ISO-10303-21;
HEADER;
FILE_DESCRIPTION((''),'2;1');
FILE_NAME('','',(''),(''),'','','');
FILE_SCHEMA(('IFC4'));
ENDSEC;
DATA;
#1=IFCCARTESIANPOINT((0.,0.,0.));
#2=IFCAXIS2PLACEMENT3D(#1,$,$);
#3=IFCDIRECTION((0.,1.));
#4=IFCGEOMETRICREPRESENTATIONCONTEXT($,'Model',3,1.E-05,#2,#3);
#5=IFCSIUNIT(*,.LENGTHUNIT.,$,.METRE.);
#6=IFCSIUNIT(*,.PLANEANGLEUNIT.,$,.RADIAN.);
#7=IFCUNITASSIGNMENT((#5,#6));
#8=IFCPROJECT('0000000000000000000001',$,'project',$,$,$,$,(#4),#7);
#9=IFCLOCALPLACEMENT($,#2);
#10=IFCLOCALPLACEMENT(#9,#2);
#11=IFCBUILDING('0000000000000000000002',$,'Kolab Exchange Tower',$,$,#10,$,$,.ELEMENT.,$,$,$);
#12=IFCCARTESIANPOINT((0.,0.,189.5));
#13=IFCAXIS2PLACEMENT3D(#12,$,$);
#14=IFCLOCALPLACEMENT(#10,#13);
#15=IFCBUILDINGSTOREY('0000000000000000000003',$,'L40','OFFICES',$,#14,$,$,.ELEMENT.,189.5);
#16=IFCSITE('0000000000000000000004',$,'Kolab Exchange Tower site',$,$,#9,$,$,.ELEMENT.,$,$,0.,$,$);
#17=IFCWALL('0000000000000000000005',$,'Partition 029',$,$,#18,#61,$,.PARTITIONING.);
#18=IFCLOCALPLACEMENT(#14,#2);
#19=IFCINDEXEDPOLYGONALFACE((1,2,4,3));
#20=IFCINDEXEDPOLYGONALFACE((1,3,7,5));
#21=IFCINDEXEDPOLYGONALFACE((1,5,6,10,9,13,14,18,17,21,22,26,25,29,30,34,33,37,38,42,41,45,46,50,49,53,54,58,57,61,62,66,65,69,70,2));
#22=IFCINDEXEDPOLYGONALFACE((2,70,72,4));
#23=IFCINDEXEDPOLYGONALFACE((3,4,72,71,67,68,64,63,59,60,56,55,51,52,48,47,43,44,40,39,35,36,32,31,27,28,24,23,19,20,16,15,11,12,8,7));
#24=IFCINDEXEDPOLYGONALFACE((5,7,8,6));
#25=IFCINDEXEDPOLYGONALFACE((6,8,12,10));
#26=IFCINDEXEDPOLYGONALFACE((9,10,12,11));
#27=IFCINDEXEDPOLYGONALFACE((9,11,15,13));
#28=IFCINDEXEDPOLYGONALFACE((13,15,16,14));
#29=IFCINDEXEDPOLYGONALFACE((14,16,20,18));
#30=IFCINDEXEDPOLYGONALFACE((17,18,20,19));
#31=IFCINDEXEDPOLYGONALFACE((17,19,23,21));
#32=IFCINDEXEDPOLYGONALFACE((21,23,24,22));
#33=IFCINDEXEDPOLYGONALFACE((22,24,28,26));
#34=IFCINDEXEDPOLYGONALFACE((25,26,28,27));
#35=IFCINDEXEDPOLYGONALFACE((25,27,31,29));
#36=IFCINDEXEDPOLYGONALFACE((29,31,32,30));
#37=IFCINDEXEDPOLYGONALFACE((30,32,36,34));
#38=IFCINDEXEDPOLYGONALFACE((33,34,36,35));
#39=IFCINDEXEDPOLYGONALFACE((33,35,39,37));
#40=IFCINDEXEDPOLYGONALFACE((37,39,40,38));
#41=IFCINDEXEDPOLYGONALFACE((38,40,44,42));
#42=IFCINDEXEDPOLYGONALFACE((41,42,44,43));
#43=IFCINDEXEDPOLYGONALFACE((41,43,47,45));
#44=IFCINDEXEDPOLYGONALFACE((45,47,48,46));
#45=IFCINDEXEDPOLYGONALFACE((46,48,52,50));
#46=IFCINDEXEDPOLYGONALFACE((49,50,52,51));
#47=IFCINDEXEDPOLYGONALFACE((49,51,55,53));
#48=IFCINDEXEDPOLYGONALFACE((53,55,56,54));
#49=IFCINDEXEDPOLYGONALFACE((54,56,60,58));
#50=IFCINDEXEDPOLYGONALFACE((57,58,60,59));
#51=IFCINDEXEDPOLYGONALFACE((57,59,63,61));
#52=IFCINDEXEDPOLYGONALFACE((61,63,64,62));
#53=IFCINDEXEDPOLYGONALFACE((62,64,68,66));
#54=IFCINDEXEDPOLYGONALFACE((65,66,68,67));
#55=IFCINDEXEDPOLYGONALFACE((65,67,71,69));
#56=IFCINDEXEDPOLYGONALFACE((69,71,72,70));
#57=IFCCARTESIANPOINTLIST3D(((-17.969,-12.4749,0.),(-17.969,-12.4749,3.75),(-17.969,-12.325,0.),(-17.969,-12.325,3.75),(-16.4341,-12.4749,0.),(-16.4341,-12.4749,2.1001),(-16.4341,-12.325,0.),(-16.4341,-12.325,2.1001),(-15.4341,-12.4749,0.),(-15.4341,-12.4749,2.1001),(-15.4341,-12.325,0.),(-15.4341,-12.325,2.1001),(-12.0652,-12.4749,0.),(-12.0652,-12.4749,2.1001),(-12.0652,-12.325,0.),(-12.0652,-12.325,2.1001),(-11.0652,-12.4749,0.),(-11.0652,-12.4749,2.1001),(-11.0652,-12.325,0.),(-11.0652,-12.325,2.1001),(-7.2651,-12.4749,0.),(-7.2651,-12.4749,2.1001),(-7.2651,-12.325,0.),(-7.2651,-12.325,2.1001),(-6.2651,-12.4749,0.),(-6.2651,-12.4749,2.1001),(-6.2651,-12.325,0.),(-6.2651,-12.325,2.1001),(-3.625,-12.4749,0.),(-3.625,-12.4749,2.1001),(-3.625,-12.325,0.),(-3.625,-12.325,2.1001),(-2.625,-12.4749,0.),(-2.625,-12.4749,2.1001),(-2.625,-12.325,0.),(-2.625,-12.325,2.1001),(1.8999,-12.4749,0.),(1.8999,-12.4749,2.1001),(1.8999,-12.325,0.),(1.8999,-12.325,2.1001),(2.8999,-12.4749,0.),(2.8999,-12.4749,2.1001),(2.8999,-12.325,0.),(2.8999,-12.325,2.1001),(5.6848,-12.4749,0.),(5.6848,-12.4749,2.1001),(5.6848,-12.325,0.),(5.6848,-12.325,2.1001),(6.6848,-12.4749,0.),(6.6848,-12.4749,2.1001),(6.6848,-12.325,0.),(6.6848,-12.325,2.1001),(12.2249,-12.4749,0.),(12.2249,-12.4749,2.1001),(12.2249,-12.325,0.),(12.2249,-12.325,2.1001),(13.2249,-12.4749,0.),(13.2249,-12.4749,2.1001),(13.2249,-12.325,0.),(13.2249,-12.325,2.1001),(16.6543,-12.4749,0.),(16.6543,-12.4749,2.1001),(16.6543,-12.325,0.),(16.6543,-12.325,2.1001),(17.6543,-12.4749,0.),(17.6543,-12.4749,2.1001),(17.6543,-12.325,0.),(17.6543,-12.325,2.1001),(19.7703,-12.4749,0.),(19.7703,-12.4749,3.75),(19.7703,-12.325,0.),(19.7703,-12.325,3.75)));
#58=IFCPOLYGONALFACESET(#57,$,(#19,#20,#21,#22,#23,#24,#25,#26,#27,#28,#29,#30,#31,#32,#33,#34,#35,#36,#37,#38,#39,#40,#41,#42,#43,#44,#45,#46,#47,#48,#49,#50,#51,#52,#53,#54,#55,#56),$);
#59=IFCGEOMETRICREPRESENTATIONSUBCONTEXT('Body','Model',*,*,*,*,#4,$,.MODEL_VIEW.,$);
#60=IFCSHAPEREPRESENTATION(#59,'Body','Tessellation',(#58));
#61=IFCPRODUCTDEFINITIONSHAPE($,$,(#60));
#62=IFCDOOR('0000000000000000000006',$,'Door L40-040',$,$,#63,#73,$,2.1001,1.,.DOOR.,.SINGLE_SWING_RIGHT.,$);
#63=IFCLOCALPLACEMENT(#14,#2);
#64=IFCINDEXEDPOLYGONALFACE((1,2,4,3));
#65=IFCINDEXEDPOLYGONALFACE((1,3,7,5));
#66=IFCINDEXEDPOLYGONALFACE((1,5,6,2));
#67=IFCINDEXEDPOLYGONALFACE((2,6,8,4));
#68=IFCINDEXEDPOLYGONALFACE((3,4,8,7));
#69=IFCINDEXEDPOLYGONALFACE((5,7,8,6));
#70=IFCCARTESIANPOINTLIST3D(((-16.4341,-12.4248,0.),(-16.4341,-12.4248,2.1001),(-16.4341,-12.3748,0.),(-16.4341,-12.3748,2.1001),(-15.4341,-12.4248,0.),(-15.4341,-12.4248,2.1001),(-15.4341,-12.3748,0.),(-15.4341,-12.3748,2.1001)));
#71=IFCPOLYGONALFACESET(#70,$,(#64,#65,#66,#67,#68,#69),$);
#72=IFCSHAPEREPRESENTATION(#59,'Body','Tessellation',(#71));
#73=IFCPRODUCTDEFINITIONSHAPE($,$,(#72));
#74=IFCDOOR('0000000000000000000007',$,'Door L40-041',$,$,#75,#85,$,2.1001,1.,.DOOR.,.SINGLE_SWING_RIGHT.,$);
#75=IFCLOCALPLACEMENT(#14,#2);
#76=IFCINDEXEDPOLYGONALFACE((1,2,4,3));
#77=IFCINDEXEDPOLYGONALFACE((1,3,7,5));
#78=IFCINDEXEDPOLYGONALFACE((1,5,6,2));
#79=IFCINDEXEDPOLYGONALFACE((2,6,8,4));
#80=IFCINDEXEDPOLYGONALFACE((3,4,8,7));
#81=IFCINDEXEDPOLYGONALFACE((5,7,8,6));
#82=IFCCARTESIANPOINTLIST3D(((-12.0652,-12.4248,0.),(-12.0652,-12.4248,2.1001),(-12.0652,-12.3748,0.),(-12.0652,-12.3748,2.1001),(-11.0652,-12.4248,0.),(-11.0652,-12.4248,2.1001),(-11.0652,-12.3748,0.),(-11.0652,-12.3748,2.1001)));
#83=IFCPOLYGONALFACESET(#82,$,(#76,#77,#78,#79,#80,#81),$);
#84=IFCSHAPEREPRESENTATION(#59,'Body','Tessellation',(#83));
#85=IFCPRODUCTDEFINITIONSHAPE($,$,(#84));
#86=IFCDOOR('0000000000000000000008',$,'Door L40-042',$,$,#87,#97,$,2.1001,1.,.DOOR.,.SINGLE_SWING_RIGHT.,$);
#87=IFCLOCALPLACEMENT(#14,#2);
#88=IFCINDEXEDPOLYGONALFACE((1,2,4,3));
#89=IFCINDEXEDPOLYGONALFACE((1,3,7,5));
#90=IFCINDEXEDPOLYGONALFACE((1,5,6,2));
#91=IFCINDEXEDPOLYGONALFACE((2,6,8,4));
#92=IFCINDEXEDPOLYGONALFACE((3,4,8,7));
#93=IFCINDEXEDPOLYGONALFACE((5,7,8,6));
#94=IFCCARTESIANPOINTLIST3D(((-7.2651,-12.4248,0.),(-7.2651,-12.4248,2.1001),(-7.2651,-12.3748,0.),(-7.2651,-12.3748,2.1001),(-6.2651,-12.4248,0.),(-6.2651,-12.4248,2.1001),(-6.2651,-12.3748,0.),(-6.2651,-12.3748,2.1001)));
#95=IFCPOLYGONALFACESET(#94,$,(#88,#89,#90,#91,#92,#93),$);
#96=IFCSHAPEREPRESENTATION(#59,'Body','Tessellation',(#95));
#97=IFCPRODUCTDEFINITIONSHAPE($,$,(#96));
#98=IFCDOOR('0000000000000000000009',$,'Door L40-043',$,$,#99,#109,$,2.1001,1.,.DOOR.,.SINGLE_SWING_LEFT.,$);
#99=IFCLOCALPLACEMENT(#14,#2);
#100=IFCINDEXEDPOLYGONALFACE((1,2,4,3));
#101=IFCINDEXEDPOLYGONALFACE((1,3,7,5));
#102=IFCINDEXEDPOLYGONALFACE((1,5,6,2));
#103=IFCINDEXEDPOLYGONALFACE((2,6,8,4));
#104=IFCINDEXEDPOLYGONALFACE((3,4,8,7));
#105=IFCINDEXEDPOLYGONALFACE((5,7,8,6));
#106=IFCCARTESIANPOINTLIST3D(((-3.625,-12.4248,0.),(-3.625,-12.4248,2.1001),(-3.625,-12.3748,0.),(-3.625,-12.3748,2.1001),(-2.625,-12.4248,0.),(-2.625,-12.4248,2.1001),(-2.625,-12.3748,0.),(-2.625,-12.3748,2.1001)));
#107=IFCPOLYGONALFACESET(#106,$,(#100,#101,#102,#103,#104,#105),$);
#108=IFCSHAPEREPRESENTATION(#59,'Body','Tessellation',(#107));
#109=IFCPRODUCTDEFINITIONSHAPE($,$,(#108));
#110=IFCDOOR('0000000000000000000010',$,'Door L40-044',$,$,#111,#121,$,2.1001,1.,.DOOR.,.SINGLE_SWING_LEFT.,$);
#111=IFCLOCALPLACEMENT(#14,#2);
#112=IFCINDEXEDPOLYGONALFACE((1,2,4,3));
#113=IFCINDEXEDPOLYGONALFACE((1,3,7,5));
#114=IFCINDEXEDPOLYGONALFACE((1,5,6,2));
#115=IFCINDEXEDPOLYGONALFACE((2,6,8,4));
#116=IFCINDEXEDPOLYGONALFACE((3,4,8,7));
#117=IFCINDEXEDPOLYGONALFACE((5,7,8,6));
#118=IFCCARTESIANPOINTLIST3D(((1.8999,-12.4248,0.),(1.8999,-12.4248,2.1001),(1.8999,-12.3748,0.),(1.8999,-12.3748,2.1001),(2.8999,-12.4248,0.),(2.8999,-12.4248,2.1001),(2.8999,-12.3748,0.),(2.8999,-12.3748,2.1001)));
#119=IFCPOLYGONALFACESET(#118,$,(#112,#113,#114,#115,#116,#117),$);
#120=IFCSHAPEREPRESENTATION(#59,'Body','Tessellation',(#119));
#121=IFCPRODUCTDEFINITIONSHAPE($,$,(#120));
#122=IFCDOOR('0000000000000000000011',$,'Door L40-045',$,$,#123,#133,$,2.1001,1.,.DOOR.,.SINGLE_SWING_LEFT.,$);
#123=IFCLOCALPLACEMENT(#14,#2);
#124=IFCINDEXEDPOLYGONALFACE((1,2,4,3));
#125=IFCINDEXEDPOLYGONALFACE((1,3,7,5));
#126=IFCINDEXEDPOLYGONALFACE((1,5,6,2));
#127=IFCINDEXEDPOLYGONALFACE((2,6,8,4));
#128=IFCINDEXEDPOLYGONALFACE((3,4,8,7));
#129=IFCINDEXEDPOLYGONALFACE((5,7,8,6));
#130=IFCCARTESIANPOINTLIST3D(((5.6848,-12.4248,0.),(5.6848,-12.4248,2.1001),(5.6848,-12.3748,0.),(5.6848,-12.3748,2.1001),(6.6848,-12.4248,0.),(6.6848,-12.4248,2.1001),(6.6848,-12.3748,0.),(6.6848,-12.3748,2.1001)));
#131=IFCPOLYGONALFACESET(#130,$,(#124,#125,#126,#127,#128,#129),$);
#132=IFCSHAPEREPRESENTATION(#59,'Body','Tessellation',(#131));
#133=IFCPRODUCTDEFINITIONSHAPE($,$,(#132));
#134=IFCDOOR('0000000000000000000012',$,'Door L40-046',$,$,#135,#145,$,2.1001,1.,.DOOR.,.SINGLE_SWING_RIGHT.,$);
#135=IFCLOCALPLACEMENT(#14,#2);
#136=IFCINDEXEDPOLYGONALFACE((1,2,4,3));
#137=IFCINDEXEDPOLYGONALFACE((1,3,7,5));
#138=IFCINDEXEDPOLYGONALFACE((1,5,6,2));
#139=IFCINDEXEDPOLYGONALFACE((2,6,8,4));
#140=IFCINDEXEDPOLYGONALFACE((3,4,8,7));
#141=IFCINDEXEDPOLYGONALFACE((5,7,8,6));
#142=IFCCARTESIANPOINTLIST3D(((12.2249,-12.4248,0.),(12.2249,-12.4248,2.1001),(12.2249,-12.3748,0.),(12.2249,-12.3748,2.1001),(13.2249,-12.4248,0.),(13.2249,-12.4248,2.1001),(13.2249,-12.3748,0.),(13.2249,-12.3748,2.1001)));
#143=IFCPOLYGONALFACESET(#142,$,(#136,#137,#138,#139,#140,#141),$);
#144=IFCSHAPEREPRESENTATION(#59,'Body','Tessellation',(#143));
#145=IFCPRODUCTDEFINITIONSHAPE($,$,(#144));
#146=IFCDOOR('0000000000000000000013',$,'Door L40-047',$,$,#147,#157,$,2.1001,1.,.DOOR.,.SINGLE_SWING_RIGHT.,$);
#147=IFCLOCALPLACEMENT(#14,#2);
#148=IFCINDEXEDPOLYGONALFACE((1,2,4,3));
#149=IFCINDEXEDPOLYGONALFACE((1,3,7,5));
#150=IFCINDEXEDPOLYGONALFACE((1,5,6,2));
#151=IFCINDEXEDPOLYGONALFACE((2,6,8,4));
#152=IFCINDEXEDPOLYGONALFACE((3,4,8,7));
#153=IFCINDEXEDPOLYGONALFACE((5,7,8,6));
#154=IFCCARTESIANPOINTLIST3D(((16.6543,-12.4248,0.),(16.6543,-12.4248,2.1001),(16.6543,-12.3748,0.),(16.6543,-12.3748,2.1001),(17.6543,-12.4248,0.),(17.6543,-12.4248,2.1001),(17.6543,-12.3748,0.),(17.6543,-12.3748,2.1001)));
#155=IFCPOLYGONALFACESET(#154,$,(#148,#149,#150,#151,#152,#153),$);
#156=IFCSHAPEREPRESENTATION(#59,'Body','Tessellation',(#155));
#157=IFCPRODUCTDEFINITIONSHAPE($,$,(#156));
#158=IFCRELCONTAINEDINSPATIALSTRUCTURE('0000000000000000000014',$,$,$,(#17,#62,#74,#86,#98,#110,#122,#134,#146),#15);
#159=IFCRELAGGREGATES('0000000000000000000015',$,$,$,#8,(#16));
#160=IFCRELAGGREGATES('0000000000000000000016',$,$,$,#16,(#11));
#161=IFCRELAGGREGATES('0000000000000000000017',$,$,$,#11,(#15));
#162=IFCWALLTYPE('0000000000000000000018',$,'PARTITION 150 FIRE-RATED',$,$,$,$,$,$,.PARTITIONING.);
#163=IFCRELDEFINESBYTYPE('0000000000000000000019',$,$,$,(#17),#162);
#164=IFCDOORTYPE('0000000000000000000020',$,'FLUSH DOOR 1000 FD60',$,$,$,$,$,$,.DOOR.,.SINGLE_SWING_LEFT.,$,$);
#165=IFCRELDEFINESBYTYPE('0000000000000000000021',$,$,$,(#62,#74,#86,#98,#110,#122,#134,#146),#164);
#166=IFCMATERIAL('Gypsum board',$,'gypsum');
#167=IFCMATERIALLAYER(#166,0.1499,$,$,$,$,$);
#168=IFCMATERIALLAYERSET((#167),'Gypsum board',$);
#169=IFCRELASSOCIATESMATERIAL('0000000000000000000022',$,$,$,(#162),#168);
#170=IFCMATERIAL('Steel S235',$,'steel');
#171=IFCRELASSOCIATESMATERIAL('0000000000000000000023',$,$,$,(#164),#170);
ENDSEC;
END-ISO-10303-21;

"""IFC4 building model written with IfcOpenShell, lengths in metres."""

from ifc_helpers import new_model, si_unit, direction, frame, frame_2d, origin, place, context, subcontext, project, spatial, rectangle, extrude, material, layer, layer_set, type_object, element, fill, save


model = new_model("IFC4")

# Units and contexts
model_context = context("Model", 3, precision=1e-05, world=origin(), true_north=direction((0.0, 1.0)))
body_context = subcontext(model_context, "Body", "Model", "MODEL_VIEW")
ifc_project = project(units=[si_unit("LENGTHUNIT", "METRE"), si_unit("PLANEANGLEUNIT", "RADIAN")], contexts=[model_context])

# Site, building, storey
site_placement = place(None, origin())
site = spatial("IfcSite", under=ifc_project, at=site_placement, Name="Kolab Exchange Tower site", CompositionType="ELEMENT", RefElevation=0.0)
building_placement = place(site_placement, origin())
building = spatial("IfcBuilding", under=site, at=building_placement, Name="Kolab Exchange Tower", CompositionType="ELEMENT")
storey_placement = place(building_placement, frame((0.0, 0.0, 189.5)))
storey = spatial("IfcBuildingStorey", under=building, at=storey_placement, Name="L40", Description="OFFICES", CompositionType="ELEMENT", Elevation=189.5)

# Shared definitions
ifc_material_1 = material(Name="Gypsum board", Category="gypsum")
ifc_layer_1 = layer(ifc_material_1, 0.1499)
ifc_layer_set_1 = layer_set([ifc_layer_1], Name="Gypsum board")
wall_type_1 = type_object("IfcWallType", Name="PARTITION 150 FIRE-RATED", PredefinedType="PARTITIONING", material=ifc_layer_set_1)

# Wall, openings, doors
wall_1_placement = place(storey_placement, frame((-17.969, -12.3999, 0.0), z_axis=(0.0, 0.0, 1.0), x_axis=(1.0, 0.0, 0.0)))
wall_1 = element("IfcWall", 1, at=wall_1_placement, inside=storey, type_object=wall_type_1, Name="Partition 029", PredefinedType="PARTITIONING", context=body_context, shape_type="SweptSolid", body=[
    extrude(rectangle(XDim=37.7393, YDim=0.1499, at=frame_2d((18.8696, 0.0))), origin(), (0.0, 0.0, 1.0), 3.75),
])
opening_1_placement = place(wall_1_placement, frame((1.5349, 0.0, 0.0)))
opening_1 = element("IfcOpeningElement", 2, at=opening_1_placement, cuts=wall_1, PredefinedType="OPENING", context=body_context, shape_type="SweptSolid", body=[
    extrude(rectangle(XDim=1.0, YDim=2.1001, at=frame_2d((0.5, 1.05))), frame((0.0, 0.085, 0.0), z_axis=(0.0, -1.0, 0.0), x_axis=(1.0, 0.0, 0.0)), (0.0, 0.0, 1.0), 0.1699),
])
opening_2_placement = place(wall_1_placement, frame((5.9038, 0.0, 0.0)))
opening_2 = element("IfcOpeningElement", 3, at=opening_2_placement, cuts=wall_1, PredefinedType="OPENING", context=body_context, shape_type="SweptSolid", body=[
    extrude(rectangle(XDim=1.0, YDim=2.1001, at=frame_2d((0.5, 1.05))), frame((0.0, 0.085, 0.0), z_axis=(0.0, -1.0, 0.0), x_axis=(1.0, 0.0, 0.0)), (0.0, 0.0, 1.0), 0.1699),
])
opening_3_placement = place(wall_1_placement, frame((10.7039, 0.0, 0.0)))
opening_3 = element("IfcOpeningElement", 4, at=opening_3_placement, cuts=wall_1, PredefinedType="OPENING", context=body_context, shape_type="SweptSolid", body=[
    extrude(rectangle(XDim=1.0, YDim=2.1001, at=frame_2d((0.5, 1.05))), frame((0.0, 0.085, 0.0), z_axis=(0.0, -1.0, 0.0), x_axis=(1.0, 0.0, 0.0)), (0.0, 0.0, 1.0), 0.1699),
])
opening_4_placement = place(wall_1_placement, frame((14.344, 0.0, 0.0)))
opening_4 = element("IfcOpeningElement", 5, at=opening_4_placement, cuts=wall_1, PredefinedType="OPENING", context=body_context, shape_type="SweptSolid", body=[
    extrude(rectangle(XDim=1.0, YDim=2.1001, at=frame_2d((0.5, 1.05))), frame((0.0, 0.085, 0.0), z_axis=(0.0, -1.0, 0.0), x_axis=(1.0, 0.0, 0.0)), (0.0, 0.0, 1.0), 0.1699),
])
opening_5_placement = place(wall_1_placement, frame((19.8689, 0.0, 0.0)))
opening_5 = element("IfcOpeningElement", 6, at=opening_5_placement, cuts=wall_1, PredefinedType="OPENING", context=body_context, shape_type="SweptSolid", body=[
    extrude(rectangle(XDim=1.0, YDim=2.1001, at=frame_2d((0.5, 1.05))), frame((0.0, 0.085, 0.0), z_axis=(0.0, -1.0, 0.0), x_axis=(1.0, 0.0, 0.0)), (0.0, 0.0, 1.0), 0.1699),
])
opening_6_placement = place(wall_1_placement, frame((23.6538, 0.0, 0.0)))
opening_6 = element("IfcOpeningElement", 7, at=opening_6_placement, cuts=wall_1, PredefinedType="OPENING", context=body_context, shape_type="SweptSolid", body=[
    extrude(rectangle(XDim=1.0, YDim=2.1001, at=frame_2d((0.5, 1.05))), frame((0.0, 0.085, 0.0), z_axis=(0.0, -1.0, 0.0), x_axis=(1.0, 0.0, 0.0)), (0.0, 0.0, 1.0), 0.1699),
])
opening_7_placement = place(wall_1_placement, frame((30.1938, 0.0, 0.0)))
opening_7 = element("IfcOpeningElement", 8, at=opening_7_placement, cuts=wall_1, PredefinedType="OPENING", context=body_context, shape_type="SweptSolid", body=[
    extrude(rectangle(XDim=1.0, YDim=2.1001, at=frame_2d((0.5, 1.05))), frame((0.0, 0.085, 0.0), z_axis=(0.0, -1.0, 0.0), x_axis=(1.0, 0.0, 0.0)), (0.0, 0.0, 1.0), 0.1699),
])
opening_8_placement = place(wall_1_placement, frame((34.6233, 0.0, 0.0)))
opening_8 = element("IfcOpeningElement", 9, at=opening_8_placement, cuts=wall_1, PredefinedType="OPENING", context=body_context, shape_type="SweptSolid", body=[
    extrude(rectangle(XDim=1.0, YDim=2.1001, at=frame_2d((0.5, 1.05))), frame((0.0, 0.085, 0.0), z_axis=(0.0, -1.0, 0.0), x_axis=(1.0, 0.0, 0.0)), (0.0, 0.0, 1.0), 0.1699),
])
ifc_material_2 = material(Name="Steel S235", Category="steel")
door_type_1 = type_object("IfcDoorType", Name="FLUSH DOOR 1000 FD60", OperationType="SINGLE_SWING_LEFT", PredefinedType="DOOR", material=ifc_material_2)
door_1_placement = place(opening_1_placement, frame((1.0, 0.0, 0.0), z_axis=(0.0, 0.0, 1.0), x_axis=(-1.0, 0.0, 0.0)))
door_1 = element("IfcDoor", 10, at=door_1_placement, inside=storey, type_object=door_type_1, Name="Door L40-040", OperationType="SINGLE_SWING_RIGHT", OverallHeight=2.1001, OverallWidth=1.0, PredefinedType="DOOR", context=body_context, shape_type="SweptSolid", body=[
    extrude(rectangle(XDim=1.0, YDim=2.1001, at=frame_2d((0.5, 1.05))), frame((0.0, 0.0249, 0.0), z_axis=(0.0, -1.0, 0.0), x_axis=(1.0, 0.0, 0.0)), (0.0, 0.0, 1.0), 0.05),
])
fill(opening_1, door_1)
door_2_placement = place(opening_2_placement, frame((1.0, 0.0, 0.0), z_axis=(0.0, 0.0, 1.0), x_axis=(-1.0, 0.0, 0.0)))
door_2 = element("IfcDoor", 11, at=door_2_placement, inside=storey, type_object=door_type_1, Name="Door L40-041", OperationType="SINGLE_SWING_RIGHT", OverallHeight=2.1001, OverallWidth=1.0, PredefinedType="DOOR", context=body_context, shape_type="SweptSolid", body=[
    extrude(rectangle(XDim=1.0, YDim=2.1001, at=frame_2d((0.5, 1.05))), frame((0.0, 0.0249, 0.0), z_axis=(0.0, -1.0, 0.0), x_axis=(1.0, 0.0, 0.0)), (0.0, 0.0, 1.0), 0.05),
])
fill(opening_2, door_2)
door_3_placement = place(opening_3_placement, frame((1.0, 0.0, 0.0), z_axis=(0.0, 0.0, 1.0), x_axis=(-1.0, 0.0, 0.0)))
door_3 = element("IfcDoor", 12, at=door_3_placement, inside=storey, type_object=door_type_1, Name="Door L40-042", OperationType="SINGLE_SWING_RIGHT", OverallHeight=2.1001, OverallWidth=1.0, PredefinedType="DOOR", context=body_context, shape_type="SweptSolid", body=[
    extrude(rectangle(XDim=1.0, YDim=2.1001, at=frame_2d((0.5, 1.05))), frame((0.0, 0.0249, 0.0), z_axis=(0.0, -1.0, 0.0), x_axis=(1.0, 0.0, 0.0)), (0.0, 0.0, 1.0), 0.05),
])
fill(opening_3, door_3)
door_4_placement = place(opening_4_placement, frame((1.0, 0.0, 0.0), z_axis=(0.0, 0.0, 1.0), x_axis=(-1.0, 0.0, 0.0)))
door_4 = element("IfcDoor", 13, at=door_4_placement, inside=storey, type_object=door_type_1, Name="Door L40-043", OperationType="SINGLE_SWING_LEFT", OverallHeight=2.1001, OverallWidth=1.0, PredefinedType="DOOR", context=body_context, shape_type="SweptSolid", body=[
    extrude(rectangle(XDim=1.0, YDim=2.1001, at=frame_2d((0.5, 1.05))), frame((0.0, 0.0249, 0.0), z_axis=(0.0, -1.0, 0.0), x_axis=(1.0, 0.0, 0.0)), (0.0, 0.0, 1.0), 0.05),
])
fill(opening_4, door_4)
door_5_placement = place(opening_5_placement, frame((1.0, 0.0, 0.0), z_axis=(0.0, 0.0, 1.0), x_axis=(-1.0, 0.0, 0.0)))
door_5 = element("IfcDoor", 14, at=door_5_placement, inside=storey, type_object=door_type_1, Name="Door L40-044", OperationType="SINGLE_SWING_LEFT", OverallHeight=2.1001, OverallWidth=1.0, PredefinedType="DOOR", context=body_context, shape_type="SweptSolid", body=[
    extrude(rectangle(XDim=1.0, YDim=2.1001, at=frame_2d((0.5, 1.05))), frame((0.0, 0.0249, 0.0), z_axis=(0.0, -1.0, 0.0), x_axis=(1.0, 0.0, 0.0)), (0.0, 0.0, 1.0), 0.05),
])
fill(opening_5, door_5)
door_6_placement = place(opening_6_placement, frame((1.0, 0.0, 0.0), z_axis=(0.0, 0.0, 1.0), x_axis=(-1.0, 0.0, 0.0)))
door_6 = element("IfcDoor", 15, at=door_6_placement, inside=storey, type_object=door_type_1, Name="Door L40-045", OperationType="SINGLE_SWING_LEFT", OverallHeight=2.1001, OverallWidth=1.0, PredefinedType="DOOR", context=body_context, shape_type="SweptSolid", body=[
    extrude(rectangle(XDim=1.0, YDim=2.1001, at=frame_2d((0.5, 1.05))), frame((0.0, 0.0249, 0.0), z_axis=(0.0, -1.0, 0.0), x_axis=(1.0, 0.0, 0.0)), (0.0, 0.0, 1.0), 0.05),
])
fill(opening_6, door_6)
door_7_placement = place(opening_7_placement, frame((1.0, 0.0, 0.0), z_axis=(0.0, 0.0, 1.0), x_axis=(-1.0, 0.0, 0.0)))
door_7 = element("IfcDoor", 16, at=door_7_placement, inside=storey, type_object=door_type_1, Name="Door L40-046", OperationType="SINGLE_SWING_RIGHT", OverallHeight=2.1001, OverallWidth=1.0, PredefinedType="DOOR", context=body_context, shape_type="SweptSolid", body=[
    extrude(rectangle(XDim=1.0, YDim=2.1001, at=frame_2d((0.5, 1.05))), frame((0.0, 0.0249, 0.0), z_axis=(0.0, -1.0, 0.0), x_axis=(1.0, 0.0, 0.0)), (0.0, 0.0, 1.0), 0.05),
])
fill(opening_7, door_7)
door_8_placement = place(opening_8_placement, frame((1.0, 0.0, 0.0), z_axis=(0.0, 0.0, 1.0), x_axis=(-1.0, 0.0, 0.0)))
door_8 = element("IfcDoor", 17, at=door_8_placement, inside=storey, type_object=door_type_1, Name="Door L40-047", OperationType="SINGLE_SWING_RIGHT", OverallHeight=2.1001, OverallWidth=1.0, PredefinedType="DOOR", context=body_context, shape_type="SweptSolid", body=[
    extrude(rectangle(XDim=1.0, YDim=2.1001, at=frame_2d((0.5, 1.05))), frame((0.0, 0.0249, 0.0), z_axis=(0.0, -1.0, 0.0), x_axis=(1.0, 0.0, 0.0)), (0.0, 0.0, 1.0), 0.05),
])
fill(opening_8, door_8)

save(model, "model.ifc")
